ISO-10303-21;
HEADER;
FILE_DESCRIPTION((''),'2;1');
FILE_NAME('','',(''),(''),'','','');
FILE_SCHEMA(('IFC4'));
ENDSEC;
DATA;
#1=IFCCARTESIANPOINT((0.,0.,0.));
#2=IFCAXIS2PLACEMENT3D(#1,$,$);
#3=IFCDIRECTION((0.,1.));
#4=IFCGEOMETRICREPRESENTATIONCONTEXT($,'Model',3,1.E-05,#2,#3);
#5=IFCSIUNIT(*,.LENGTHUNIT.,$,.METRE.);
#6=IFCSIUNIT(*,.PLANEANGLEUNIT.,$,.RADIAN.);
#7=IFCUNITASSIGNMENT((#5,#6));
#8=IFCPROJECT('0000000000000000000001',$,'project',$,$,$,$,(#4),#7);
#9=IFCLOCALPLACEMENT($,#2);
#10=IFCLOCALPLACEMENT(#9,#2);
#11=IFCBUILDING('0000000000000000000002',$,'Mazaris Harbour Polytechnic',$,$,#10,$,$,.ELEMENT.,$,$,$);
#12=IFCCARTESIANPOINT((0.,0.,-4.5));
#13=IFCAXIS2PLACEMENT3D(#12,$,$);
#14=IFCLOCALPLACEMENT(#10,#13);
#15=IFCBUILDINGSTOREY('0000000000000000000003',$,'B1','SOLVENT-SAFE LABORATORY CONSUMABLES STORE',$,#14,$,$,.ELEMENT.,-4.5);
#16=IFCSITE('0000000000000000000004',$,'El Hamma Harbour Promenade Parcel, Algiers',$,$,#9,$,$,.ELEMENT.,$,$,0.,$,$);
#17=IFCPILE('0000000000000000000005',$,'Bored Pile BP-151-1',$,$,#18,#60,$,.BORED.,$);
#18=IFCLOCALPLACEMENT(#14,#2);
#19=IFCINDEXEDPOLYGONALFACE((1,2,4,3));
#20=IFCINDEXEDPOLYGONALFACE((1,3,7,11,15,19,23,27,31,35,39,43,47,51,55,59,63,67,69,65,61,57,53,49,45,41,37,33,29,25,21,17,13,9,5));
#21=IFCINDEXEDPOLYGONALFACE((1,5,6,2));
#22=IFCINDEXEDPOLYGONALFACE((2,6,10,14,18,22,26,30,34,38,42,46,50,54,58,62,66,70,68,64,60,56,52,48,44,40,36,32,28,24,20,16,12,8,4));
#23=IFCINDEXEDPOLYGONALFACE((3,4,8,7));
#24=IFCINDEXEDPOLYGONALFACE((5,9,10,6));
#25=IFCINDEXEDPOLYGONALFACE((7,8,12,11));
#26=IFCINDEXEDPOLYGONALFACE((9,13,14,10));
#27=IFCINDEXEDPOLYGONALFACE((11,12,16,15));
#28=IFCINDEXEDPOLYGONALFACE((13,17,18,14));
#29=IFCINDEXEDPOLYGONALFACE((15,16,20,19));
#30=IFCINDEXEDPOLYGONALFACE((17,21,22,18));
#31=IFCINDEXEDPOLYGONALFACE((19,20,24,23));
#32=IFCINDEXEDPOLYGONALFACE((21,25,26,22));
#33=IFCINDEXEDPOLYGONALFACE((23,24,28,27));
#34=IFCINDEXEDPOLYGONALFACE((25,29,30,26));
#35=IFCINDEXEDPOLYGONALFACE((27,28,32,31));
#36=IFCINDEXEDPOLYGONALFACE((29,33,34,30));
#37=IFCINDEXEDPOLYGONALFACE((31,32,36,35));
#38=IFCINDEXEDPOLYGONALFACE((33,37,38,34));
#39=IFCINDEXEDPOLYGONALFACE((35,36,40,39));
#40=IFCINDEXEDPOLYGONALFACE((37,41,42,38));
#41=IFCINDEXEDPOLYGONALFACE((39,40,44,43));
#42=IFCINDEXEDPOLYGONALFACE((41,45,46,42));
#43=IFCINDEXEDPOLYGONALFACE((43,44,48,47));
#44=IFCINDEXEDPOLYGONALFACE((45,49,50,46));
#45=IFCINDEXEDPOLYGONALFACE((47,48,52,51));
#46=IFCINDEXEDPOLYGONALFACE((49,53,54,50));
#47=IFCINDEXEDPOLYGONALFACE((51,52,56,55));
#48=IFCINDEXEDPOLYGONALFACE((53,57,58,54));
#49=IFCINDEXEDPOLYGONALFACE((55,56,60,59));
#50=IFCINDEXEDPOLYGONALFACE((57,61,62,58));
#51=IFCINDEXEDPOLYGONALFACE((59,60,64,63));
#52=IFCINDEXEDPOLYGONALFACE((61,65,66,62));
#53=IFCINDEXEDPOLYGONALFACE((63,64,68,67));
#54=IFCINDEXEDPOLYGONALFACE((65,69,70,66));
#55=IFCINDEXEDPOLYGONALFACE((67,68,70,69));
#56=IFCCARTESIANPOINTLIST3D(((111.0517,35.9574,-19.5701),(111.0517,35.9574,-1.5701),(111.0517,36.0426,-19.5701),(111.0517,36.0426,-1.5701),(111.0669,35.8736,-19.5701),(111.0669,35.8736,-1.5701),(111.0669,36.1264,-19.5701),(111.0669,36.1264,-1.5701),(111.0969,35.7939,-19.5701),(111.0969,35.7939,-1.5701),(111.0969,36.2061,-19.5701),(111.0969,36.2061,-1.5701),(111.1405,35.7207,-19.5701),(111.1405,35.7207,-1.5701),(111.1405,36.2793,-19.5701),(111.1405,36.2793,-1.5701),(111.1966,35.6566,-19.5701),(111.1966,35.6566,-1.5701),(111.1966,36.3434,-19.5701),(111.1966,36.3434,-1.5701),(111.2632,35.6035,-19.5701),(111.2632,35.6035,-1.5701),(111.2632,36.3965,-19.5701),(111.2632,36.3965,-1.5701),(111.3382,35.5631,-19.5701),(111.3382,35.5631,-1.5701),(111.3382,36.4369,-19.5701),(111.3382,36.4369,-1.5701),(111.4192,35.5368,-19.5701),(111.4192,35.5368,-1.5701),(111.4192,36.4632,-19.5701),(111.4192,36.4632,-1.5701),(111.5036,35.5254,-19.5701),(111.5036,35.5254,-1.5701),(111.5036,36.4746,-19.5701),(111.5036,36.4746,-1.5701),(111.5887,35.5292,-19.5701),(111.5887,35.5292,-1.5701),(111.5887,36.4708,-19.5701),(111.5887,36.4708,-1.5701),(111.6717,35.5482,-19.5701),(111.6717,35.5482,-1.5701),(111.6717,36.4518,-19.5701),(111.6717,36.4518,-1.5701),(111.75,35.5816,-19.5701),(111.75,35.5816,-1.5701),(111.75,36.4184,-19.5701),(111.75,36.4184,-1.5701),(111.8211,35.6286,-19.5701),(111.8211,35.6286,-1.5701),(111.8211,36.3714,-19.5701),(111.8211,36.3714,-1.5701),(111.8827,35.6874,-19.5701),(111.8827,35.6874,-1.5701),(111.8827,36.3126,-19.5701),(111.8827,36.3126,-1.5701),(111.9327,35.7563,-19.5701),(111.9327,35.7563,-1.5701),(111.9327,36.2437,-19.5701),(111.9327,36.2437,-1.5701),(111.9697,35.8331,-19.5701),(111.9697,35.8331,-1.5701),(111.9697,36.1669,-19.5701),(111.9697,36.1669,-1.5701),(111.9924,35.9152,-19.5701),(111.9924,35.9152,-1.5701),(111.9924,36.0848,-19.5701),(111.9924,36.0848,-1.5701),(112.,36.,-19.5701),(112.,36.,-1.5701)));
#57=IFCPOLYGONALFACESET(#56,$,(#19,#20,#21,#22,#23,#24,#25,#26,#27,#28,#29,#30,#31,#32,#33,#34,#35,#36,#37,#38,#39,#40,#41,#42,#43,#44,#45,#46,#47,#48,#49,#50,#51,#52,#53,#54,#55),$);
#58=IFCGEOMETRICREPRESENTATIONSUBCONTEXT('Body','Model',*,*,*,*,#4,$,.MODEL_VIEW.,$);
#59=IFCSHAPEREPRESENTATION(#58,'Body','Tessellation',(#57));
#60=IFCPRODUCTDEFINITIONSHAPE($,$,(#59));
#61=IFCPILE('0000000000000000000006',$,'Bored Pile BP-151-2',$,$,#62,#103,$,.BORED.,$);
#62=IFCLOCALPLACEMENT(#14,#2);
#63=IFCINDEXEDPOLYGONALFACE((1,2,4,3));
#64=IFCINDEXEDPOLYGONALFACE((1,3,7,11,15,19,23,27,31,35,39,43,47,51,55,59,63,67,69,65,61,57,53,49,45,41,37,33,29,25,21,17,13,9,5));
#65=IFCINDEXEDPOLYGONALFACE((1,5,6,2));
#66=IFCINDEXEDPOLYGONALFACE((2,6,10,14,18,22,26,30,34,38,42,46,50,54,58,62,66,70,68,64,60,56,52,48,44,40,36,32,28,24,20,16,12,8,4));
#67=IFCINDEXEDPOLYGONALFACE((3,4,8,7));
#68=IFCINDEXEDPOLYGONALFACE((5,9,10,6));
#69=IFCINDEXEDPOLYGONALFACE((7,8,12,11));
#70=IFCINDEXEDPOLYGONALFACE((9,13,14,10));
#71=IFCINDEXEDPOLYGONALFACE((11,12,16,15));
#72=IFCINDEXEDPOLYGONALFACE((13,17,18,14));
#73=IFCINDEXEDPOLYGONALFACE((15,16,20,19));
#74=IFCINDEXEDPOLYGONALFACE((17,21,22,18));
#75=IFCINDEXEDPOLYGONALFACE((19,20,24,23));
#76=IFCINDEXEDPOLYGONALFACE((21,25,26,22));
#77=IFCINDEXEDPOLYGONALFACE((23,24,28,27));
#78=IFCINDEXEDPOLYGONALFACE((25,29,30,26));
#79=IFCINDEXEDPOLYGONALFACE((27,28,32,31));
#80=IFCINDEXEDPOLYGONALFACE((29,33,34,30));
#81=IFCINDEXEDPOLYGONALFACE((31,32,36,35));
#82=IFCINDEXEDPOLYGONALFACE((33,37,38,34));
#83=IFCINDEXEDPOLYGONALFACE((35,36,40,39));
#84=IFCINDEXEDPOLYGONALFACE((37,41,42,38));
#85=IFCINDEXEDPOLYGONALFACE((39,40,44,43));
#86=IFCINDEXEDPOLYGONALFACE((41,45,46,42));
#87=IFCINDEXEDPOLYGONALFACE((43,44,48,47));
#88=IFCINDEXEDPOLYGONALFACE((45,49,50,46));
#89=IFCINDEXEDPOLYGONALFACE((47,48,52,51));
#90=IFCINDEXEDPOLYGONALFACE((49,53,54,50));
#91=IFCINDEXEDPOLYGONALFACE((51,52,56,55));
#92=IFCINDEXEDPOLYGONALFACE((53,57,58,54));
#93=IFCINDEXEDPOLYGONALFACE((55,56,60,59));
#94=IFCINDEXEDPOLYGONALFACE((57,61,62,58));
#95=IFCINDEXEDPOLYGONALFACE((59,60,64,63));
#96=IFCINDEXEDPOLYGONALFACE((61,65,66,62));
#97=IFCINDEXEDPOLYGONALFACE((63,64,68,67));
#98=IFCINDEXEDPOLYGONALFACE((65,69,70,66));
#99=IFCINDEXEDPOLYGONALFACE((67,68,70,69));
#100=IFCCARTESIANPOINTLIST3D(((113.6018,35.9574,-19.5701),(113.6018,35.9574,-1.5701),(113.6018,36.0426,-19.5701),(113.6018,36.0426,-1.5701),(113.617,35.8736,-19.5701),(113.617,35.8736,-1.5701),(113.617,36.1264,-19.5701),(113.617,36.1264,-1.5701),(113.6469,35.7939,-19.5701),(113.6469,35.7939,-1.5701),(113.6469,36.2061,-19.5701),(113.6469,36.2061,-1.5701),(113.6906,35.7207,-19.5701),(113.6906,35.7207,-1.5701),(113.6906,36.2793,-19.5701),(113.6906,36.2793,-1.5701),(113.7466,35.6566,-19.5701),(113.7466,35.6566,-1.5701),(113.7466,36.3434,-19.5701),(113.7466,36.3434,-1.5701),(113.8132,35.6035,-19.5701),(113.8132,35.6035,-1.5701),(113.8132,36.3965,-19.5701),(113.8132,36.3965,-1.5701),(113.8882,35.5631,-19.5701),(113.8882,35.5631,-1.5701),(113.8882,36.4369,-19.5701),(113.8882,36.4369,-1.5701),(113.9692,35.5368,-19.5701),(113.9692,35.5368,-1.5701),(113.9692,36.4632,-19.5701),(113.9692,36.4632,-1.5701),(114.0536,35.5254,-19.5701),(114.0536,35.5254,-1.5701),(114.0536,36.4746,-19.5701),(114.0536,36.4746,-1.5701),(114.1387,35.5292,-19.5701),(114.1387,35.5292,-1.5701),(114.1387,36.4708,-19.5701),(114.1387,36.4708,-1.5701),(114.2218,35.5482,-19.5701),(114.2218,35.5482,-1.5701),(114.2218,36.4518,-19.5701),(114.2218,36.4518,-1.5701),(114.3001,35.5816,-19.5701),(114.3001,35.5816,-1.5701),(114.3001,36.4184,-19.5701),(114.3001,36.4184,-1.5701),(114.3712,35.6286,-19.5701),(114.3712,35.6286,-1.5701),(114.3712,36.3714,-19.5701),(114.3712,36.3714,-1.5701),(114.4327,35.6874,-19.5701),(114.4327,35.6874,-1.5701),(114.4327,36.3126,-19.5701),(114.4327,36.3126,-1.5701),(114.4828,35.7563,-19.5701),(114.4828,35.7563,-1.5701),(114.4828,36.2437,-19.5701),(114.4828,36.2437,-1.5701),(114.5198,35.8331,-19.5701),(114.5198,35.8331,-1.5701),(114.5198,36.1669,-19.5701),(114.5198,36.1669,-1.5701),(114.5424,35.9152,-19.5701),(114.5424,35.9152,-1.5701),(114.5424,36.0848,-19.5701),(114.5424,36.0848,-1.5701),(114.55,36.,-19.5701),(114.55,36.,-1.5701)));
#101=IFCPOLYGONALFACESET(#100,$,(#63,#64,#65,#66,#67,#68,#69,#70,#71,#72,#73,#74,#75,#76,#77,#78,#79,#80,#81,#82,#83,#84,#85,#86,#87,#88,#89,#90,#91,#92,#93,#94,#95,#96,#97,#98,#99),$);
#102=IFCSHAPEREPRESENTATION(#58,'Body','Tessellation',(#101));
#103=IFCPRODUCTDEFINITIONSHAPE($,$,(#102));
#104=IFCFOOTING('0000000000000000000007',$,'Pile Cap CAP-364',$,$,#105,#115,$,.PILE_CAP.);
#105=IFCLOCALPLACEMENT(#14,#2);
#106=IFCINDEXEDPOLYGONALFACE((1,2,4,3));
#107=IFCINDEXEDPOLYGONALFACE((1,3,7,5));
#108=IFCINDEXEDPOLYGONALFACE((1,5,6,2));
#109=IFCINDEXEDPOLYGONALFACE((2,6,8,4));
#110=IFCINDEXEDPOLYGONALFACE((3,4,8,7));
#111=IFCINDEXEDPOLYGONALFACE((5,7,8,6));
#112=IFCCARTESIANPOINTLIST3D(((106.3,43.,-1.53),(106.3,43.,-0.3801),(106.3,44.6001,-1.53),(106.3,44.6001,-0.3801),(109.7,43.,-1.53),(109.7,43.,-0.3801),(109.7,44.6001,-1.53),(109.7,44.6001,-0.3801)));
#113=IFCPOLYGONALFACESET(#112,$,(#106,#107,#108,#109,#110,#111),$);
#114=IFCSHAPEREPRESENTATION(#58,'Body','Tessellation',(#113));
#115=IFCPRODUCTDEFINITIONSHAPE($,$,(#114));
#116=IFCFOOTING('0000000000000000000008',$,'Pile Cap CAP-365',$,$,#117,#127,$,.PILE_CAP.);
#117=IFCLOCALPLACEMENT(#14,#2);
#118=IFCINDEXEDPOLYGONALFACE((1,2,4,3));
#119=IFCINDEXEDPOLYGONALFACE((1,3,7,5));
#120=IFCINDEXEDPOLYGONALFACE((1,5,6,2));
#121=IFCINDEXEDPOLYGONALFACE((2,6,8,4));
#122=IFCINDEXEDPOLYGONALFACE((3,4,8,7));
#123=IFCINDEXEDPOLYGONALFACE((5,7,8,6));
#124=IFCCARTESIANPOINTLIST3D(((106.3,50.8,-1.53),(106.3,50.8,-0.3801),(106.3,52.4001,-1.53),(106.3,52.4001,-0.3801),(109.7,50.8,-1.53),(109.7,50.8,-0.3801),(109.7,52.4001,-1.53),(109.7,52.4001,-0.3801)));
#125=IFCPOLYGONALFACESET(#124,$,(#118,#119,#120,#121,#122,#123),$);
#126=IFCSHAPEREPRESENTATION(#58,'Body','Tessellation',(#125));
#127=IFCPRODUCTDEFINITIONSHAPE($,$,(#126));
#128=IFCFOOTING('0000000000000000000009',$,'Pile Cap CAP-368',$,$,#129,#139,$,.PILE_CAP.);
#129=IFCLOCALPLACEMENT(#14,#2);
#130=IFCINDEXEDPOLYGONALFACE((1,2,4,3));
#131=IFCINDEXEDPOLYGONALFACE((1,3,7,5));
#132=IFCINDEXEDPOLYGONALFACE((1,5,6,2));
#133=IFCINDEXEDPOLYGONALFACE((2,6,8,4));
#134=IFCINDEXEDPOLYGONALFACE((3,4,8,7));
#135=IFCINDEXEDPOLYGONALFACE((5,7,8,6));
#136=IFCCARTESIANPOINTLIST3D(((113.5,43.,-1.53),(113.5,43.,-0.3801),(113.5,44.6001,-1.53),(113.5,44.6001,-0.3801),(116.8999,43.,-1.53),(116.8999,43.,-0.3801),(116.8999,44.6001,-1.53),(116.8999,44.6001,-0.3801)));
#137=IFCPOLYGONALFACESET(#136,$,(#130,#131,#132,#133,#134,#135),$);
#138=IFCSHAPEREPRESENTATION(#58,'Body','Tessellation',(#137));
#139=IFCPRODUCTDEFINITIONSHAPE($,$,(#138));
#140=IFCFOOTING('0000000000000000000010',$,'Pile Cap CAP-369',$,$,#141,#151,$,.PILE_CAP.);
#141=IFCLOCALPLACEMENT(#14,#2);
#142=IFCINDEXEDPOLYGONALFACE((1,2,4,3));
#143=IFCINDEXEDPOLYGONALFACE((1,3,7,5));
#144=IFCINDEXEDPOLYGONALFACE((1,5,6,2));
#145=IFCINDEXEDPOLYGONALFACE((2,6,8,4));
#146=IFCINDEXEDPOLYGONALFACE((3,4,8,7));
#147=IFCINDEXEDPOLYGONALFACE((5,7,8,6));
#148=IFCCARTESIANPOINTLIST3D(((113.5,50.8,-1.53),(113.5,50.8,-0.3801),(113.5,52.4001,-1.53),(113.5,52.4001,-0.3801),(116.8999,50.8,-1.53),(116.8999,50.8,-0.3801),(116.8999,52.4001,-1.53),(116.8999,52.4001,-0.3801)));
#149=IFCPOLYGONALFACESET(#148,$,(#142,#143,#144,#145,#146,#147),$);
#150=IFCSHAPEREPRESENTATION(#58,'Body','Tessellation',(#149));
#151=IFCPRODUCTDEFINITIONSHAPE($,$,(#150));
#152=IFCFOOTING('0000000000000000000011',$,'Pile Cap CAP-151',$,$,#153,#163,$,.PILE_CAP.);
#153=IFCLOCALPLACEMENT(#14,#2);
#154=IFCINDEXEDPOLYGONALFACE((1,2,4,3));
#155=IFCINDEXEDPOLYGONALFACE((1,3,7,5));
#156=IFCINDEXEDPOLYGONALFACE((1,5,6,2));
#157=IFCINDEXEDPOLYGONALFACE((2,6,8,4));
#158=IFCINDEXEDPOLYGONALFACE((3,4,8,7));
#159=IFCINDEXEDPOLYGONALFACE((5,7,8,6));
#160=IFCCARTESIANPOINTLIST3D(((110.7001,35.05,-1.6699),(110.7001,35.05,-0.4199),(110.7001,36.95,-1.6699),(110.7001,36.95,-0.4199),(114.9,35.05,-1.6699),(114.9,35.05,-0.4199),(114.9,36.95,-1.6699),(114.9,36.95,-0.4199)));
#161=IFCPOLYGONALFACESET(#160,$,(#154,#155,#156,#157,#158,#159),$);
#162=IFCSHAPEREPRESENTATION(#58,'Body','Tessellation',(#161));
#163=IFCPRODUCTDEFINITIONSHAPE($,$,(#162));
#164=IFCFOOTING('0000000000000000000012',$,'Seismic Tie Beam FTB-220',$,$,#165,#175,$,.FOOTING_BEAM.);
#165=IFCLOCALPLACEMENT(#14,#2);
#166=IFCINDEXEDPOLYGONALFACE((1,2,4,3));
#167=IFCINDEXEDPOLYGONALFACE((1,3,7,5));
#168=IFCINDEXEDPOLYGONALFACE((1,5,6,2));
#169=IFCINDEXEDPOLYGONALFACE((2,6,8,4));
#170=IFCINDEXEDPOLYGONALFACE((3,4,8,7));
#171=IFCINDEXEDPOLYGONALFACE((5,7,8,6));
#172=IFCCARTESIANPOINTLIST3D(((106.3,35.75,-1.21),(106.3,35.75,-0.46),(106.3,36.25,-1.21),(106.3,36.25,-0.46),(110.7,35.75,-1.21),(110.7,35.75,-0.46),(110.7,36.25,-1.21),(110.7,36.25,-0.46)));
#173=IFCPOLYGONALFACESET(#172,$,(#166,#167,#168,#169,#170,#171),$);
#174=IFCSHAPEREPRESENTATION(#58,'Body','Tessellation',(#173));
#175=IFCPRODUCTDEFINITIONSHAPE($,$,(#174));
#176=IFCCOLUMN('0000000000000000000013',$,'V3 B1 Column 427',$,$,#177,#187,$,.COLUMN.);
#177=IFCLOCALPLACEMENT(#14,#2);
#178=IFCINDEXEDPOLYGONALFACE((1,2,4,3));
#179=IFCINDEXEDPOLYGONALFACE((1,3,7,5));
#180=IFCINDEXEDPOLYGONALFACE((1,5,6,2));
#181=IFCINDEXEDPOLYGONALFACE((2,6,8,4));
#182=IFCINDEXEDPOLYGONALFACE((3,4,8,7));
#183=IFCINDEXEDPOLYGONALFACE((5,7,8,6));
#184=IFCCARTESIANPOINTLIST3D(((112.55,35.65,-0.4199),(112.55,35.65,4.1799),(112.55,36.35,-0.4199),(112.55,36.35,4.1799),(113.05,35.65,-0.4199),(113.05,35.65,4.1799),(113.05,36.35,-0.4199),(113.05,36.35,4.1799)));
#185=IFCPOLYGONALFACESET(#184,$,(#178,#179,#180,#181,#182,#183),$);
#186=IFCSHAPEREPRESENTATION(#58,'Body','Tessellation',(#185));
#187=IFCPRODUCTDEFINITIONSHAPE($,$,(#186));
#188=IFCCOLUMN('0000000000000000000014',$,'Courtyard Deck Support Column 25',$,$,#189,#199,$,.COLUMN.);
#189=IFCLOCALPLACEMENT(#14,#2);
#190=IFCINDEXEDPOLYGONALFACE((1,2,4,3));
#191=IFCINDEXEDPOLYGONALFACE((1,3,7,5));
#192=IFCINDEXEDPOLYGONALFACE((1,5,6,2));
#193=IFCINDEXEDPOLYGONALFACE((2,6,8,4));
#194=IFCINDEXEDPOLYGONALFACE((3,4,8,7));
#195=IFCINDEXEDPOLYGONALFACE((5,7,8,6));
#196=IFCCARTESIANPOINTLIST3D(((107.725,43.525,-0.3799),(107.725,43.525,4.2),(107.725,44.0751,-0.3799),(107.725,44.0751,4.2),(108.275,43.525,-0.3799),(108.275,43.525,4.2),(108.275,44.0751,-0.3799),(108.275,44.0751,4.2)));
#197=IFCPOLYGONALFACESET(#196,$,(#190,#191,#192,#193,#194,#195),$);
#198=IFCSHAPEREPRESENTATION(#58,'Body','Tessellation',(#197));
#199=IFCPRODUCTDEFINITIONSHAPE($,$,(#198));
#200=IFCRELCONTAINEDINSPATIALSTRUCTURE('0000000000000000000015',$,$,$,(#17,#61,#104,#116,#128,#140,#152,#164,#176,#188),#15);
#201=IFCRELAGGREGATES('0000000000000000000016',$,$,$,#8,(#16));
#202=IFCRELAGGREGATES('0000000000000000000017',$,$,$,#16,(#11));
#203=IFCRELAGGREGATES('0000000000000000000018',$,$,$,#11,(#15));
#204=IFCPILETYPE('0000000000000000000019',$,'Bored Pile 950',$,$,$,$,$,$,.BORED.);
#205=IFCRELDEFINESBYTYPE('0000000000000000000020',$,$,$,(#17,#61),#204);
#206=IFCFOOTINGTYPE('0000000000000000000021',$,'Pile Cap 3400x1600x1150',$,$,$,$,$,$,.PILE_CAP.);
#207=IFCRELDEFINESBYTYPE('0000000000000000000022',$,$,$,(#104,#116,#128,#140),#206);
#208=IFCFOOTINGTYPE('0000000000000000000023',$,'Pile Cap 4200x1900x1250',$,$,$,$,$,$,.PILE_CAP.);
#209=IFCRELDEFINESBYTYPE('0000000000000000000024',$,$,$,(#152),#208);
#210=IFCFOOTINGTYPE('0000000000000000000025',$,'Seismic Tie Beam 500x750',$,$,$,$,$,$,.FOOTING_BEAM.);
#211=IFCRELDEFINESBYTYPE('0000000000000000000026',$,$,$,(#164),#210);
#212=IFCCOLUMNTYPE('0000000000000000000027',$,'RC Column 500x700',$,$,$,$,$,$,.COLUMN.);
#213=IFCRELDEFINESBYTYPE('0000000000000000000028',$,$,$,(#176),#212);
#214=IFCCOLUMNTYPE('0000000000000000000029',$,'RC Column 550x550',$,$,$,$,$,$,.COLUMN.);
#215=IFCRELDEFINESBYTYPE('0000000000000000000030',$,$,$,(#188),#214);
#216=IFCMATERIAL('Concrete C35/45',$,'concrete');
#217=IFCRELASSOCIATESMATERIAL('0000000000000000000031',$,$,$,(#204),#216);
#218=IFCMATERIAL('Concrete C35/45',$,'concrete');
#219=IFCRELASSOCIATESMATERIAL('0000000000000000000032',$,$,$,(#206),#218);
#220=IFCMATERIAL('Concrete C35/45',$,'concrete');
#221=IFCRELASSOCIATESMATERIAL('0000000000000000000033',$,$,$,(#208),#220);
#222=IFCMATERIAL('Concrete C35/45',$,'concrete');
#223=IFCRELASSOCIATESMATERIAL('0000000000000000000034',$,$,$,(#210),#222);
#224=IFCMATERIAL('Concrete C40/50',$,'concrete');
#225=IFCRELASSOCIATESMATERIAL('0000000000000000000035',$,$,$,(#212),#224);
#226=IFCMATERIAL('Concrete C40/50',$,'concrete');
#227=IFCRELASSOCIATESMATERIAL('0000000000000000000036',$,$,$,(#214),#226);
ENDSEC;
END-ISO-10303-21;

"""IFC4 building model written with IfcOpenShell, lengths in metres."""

from ifc_helpers import new_model, si_unit, direction, frame, origin, origin_2d, place, context, subcontext, project, spatial, rectangle, circle, extrude, material, material_profile, profile_set, type_object, element, save


model = new_model("IFC4")

# Units and contexts
model_context = context("Model", 3, precision=1e-05, world=origin(), true_north=direction((0.0, 1.0)))
body_context = subcontext(model_context, "Body", "Model", "MODEL_VIEW")
ifc_project = project(units=[si_unit("LENGTHUNIT", "METRE"), si_unit("PLANEANGLEUNIT", "RADIAN")], contexts=[model_context])

# Site, building, storey
site_placement = place(None, origin())
site = spatial("IfcSite", under=ifc_project, at=site_placement, Name="El Hamma Harbour Promenade Parcel, Algiers", CompositionType="ELEMENT", RefElevation=0.0)
building_placement = place(site_placement, origin())
building = spatial("IfcBuilding", under=site, at=building_placement, Name="Mazaris Harbour Polytechnic", CompositionType="ELEMENT")
storey_placement = place(building_placement, frame((0.0, 0.0, -4.5)))
storey = spatial("IfcBuildingStorey", under=building, at=storey_placement, Name="B1", Description="SOLVENT-SAFE LABORATORY CONSUMABLES STORE", CompositionType="ELEMENT", Elevation=-4.5)

# Piles
ifc_material_1 = material(Name="Concrete C35/45", Category="concrete")
ifc_material_profile_1 = material_profile(ifc_material_1, circle(Radius=0.4751, at=origin_2d()), Name="DIA950")
ifc_profile_set_1 = profile_set([ifc_material_profile_1], Name="Concrete C35/45")
pile_type_1 = type_object("IfcPileType", Name="Bored Pile 950", PredefinedType="BORED", material=ifc_profile_set_1)
for number, where, z_axis, x_axis, name in (
    (1, (111.5249, 36.0, -1.5701), (0.0, 0.0, -1.0), (1.0, 0.0, 0.0), "Bored Pile BP-151-1"),
    (2, (114.075, 36.0, -1.5701), (0.0, 0.0, -1.0), (1.0, 0.0, 0.0), "Bored Pile BP-151-2"),
):
    element("IfcPile", number, at=place(storey_placement, frame(where, z_axis=z_axis, x_axis=x_axis)), inside=storey, type_object=pile_type_1, Name=name, PredefinedType="BORED", context=body_context, shape_type="SweptSolid", body=[
        extrude(circle(Radius=0.4751, at=origin_2d()), origin(), (0.0, 0.0, 1.0), 18.0),
    ])

# Footings
ifc_material_2 = material(Name="Concrete C35/45", Category="concrete")
footing_type_1 = type_object("IfcFootingType", Name="Pile Cap 3400x1600x1150", PredefinedType="PILE_CAP", material=ifc_material_2)
for number, where, z_axis, x_axis, name in (
    (3, (108.0, 43.8, -1.53), (0.0, 0.0, 1.0), (1.0, 0.0, 0.0), "Pile Cap CAP-364"),
    (4, (108.0, 51.6001, -1.53), (0.0, 0.0, 1.0), (1.0, 0.0, 0.0), "Pile Cap CAP-365"),
    (5, (115.2, 43.8, -1.53), (0.0, 0.0, 1.0), (1.0, 0.0, 0.0), "Pile Cap CAP-368"),
    (6, (115.2, 51.6001, -1.53), (0.0, 0.0, 1.0), (1.0, 0.0, 0.0), "Pile Cap CAP-369"),
):
    element("IfcFooting", number, at=place(storey_placement, frame(where, z_axis=z_axis, x_axis=x_axis)), inside=storey, type_object=footing_type_1, Name=name, PredefinedType="PILE_CAP", context=body_context, shape_type="SweptSolid", body=[
        extrude(rectangle(XDim=3.3999, YDim=1.6001, at=origin_2d()), origin(), (0.0, 0.0, 1.0), 1.1499),
    ])
ifc_material_3 = material(Name="Concrete C35/45", Category="concrete")
footing_type_2 = type_object("IfcFootingType", Name="Pile Cap 4200x1900x1250", PredefinedType="PILE_CAP", material=ifc_material_3)
footing_1_placement = place(storey_placement, frame((112.8, 36.0, -1.6699), z_axis=(0.0, 0.0, 1.0), x_axis=(1.0, 0.0, 0.0)))
element("IfcFooting", 7, at=footing_1_placement, inside=storey, type_object=footing_type_2, Name="Pile Cap CAP-151", PredefinedType="PILE_CAP", context=body_context, shape_type="SweptSolid", body=[
    extrude(rectangle(XDim=4.2, YDim=1.8999, at=origin_2d()), origin(), (0.0, 0.0, 1.0), 1.25),
])
ifc_material_4 = material(Name="Concrete C35/45", Category="concrete")
ifc_material_profile_2 = material_profile(ifc_material_4, rectangle(XDim=0.5, YDim=0.75, at=origin_2d()), Name="RECT500x750")
ifc_profile_set_2 = profile_set([ifc_material_profile_2], Name="Concrete C35/45")
footing_type_3 = type_object("IfcFootingType", Name="Seismic Tie Beam 500x750", PredefinedType="FOOTING_BEAM", material=ifc_profile_set_2)
footing_2_placement = place(storey_placement, frame((106.3, 36.0, -0.835), z_axis=(1.0, 0.0, 0.0), x_axis=(0.0, 1.0, 0.0)))
element("IfcFooting", 8, at=footing_2_placement, inside=storey, type_object=footing_type_3, Name="Seismic Tie Beam FTB-220", PredefinedType="FOOTING_BEAM", context=body_context, shape_type="SweptSolid", body=[
    extrude(rectangle(XDim=0.5, YDim=0.75, at=origin_2d()), origin(), (0.0, 0.0, 1.0), 4.3999),
])

# Columns
ifc_material_5 = material(Name="Concrete C40/50", Category="concrete")
ifc_material_profile_3 = material_profile(ifc_material_5, rectangle(XDim=0.5, YDim=0.7, at=origin_2d()), Name="RECT500x700")
ifc_profile_set_3 = profile_set([ifc_material_profile_3], Name="Concrete C40/50")
column_type_1 = type_object("IfcColumnType", Name="RC Column 500x700", PredefinedType="COLUMN", material=ifc_profile_set_3)
column_placement = place(storey_placement, frame((112.8, 36.0, -0.4199), z_axis=(0.0, 0.0, 1.0), x_axis=(1.0, 0.0, 0.0)))
element("IfcColumn", 9, at=column_placement, inside=storey, type_object=column_type_1, Name="V3 B1 Column 427", PredefinedType="COLUMN", context=body_context, shape_type="SweptSolid", body=[
    extrude(rectangle(XDim=0.5, YDim=0.7, at=origin_2d()), origin(), (0.0, 0.0, 1.0), 4.5999),
])
ifc_material_6 = material(Name="Concrete C40/50", Category="concrete")
ifc_material_profile_4 = material_profile(ifc_material_6, rectangle(XDim=0.55, YDim=0.55, at=origin_2d()), Name="RECT550x550")
ifc_profile_set_4 = profile_set([ifc_material_profile_4], Name="Concrete C40/50")
column_type_2 = type_object("IfcColumnType", Name="RC Column 550x550", PredefinedType="COLUMN", material=ifc_profile_set_4)
for number, where, z_axis, x_axis, name in (
    (10, (108.0, 43.8, -0.3799), (0.0, 0.0, 1.0), (1.0, 0.0, 0.0), "Courtyard Deck Support Column 25"),
):
    element("IfcColumn", number, at=place(storey_placement, frame(where, z_axis=z_axis, x_axis=x_axis)), inside=storey, type_object=column_type_2, Name=name, PredefinedType="COLUMN", context=body_context, shape_type="SweptSolid", body=[
        extrude(rectangle(XDim=0.55, YDim=0.55, at=origin_2d()), origin(), (0.0, 0.0, 1.0), 4.5798),
    ])

save(model, "model.ifc")
